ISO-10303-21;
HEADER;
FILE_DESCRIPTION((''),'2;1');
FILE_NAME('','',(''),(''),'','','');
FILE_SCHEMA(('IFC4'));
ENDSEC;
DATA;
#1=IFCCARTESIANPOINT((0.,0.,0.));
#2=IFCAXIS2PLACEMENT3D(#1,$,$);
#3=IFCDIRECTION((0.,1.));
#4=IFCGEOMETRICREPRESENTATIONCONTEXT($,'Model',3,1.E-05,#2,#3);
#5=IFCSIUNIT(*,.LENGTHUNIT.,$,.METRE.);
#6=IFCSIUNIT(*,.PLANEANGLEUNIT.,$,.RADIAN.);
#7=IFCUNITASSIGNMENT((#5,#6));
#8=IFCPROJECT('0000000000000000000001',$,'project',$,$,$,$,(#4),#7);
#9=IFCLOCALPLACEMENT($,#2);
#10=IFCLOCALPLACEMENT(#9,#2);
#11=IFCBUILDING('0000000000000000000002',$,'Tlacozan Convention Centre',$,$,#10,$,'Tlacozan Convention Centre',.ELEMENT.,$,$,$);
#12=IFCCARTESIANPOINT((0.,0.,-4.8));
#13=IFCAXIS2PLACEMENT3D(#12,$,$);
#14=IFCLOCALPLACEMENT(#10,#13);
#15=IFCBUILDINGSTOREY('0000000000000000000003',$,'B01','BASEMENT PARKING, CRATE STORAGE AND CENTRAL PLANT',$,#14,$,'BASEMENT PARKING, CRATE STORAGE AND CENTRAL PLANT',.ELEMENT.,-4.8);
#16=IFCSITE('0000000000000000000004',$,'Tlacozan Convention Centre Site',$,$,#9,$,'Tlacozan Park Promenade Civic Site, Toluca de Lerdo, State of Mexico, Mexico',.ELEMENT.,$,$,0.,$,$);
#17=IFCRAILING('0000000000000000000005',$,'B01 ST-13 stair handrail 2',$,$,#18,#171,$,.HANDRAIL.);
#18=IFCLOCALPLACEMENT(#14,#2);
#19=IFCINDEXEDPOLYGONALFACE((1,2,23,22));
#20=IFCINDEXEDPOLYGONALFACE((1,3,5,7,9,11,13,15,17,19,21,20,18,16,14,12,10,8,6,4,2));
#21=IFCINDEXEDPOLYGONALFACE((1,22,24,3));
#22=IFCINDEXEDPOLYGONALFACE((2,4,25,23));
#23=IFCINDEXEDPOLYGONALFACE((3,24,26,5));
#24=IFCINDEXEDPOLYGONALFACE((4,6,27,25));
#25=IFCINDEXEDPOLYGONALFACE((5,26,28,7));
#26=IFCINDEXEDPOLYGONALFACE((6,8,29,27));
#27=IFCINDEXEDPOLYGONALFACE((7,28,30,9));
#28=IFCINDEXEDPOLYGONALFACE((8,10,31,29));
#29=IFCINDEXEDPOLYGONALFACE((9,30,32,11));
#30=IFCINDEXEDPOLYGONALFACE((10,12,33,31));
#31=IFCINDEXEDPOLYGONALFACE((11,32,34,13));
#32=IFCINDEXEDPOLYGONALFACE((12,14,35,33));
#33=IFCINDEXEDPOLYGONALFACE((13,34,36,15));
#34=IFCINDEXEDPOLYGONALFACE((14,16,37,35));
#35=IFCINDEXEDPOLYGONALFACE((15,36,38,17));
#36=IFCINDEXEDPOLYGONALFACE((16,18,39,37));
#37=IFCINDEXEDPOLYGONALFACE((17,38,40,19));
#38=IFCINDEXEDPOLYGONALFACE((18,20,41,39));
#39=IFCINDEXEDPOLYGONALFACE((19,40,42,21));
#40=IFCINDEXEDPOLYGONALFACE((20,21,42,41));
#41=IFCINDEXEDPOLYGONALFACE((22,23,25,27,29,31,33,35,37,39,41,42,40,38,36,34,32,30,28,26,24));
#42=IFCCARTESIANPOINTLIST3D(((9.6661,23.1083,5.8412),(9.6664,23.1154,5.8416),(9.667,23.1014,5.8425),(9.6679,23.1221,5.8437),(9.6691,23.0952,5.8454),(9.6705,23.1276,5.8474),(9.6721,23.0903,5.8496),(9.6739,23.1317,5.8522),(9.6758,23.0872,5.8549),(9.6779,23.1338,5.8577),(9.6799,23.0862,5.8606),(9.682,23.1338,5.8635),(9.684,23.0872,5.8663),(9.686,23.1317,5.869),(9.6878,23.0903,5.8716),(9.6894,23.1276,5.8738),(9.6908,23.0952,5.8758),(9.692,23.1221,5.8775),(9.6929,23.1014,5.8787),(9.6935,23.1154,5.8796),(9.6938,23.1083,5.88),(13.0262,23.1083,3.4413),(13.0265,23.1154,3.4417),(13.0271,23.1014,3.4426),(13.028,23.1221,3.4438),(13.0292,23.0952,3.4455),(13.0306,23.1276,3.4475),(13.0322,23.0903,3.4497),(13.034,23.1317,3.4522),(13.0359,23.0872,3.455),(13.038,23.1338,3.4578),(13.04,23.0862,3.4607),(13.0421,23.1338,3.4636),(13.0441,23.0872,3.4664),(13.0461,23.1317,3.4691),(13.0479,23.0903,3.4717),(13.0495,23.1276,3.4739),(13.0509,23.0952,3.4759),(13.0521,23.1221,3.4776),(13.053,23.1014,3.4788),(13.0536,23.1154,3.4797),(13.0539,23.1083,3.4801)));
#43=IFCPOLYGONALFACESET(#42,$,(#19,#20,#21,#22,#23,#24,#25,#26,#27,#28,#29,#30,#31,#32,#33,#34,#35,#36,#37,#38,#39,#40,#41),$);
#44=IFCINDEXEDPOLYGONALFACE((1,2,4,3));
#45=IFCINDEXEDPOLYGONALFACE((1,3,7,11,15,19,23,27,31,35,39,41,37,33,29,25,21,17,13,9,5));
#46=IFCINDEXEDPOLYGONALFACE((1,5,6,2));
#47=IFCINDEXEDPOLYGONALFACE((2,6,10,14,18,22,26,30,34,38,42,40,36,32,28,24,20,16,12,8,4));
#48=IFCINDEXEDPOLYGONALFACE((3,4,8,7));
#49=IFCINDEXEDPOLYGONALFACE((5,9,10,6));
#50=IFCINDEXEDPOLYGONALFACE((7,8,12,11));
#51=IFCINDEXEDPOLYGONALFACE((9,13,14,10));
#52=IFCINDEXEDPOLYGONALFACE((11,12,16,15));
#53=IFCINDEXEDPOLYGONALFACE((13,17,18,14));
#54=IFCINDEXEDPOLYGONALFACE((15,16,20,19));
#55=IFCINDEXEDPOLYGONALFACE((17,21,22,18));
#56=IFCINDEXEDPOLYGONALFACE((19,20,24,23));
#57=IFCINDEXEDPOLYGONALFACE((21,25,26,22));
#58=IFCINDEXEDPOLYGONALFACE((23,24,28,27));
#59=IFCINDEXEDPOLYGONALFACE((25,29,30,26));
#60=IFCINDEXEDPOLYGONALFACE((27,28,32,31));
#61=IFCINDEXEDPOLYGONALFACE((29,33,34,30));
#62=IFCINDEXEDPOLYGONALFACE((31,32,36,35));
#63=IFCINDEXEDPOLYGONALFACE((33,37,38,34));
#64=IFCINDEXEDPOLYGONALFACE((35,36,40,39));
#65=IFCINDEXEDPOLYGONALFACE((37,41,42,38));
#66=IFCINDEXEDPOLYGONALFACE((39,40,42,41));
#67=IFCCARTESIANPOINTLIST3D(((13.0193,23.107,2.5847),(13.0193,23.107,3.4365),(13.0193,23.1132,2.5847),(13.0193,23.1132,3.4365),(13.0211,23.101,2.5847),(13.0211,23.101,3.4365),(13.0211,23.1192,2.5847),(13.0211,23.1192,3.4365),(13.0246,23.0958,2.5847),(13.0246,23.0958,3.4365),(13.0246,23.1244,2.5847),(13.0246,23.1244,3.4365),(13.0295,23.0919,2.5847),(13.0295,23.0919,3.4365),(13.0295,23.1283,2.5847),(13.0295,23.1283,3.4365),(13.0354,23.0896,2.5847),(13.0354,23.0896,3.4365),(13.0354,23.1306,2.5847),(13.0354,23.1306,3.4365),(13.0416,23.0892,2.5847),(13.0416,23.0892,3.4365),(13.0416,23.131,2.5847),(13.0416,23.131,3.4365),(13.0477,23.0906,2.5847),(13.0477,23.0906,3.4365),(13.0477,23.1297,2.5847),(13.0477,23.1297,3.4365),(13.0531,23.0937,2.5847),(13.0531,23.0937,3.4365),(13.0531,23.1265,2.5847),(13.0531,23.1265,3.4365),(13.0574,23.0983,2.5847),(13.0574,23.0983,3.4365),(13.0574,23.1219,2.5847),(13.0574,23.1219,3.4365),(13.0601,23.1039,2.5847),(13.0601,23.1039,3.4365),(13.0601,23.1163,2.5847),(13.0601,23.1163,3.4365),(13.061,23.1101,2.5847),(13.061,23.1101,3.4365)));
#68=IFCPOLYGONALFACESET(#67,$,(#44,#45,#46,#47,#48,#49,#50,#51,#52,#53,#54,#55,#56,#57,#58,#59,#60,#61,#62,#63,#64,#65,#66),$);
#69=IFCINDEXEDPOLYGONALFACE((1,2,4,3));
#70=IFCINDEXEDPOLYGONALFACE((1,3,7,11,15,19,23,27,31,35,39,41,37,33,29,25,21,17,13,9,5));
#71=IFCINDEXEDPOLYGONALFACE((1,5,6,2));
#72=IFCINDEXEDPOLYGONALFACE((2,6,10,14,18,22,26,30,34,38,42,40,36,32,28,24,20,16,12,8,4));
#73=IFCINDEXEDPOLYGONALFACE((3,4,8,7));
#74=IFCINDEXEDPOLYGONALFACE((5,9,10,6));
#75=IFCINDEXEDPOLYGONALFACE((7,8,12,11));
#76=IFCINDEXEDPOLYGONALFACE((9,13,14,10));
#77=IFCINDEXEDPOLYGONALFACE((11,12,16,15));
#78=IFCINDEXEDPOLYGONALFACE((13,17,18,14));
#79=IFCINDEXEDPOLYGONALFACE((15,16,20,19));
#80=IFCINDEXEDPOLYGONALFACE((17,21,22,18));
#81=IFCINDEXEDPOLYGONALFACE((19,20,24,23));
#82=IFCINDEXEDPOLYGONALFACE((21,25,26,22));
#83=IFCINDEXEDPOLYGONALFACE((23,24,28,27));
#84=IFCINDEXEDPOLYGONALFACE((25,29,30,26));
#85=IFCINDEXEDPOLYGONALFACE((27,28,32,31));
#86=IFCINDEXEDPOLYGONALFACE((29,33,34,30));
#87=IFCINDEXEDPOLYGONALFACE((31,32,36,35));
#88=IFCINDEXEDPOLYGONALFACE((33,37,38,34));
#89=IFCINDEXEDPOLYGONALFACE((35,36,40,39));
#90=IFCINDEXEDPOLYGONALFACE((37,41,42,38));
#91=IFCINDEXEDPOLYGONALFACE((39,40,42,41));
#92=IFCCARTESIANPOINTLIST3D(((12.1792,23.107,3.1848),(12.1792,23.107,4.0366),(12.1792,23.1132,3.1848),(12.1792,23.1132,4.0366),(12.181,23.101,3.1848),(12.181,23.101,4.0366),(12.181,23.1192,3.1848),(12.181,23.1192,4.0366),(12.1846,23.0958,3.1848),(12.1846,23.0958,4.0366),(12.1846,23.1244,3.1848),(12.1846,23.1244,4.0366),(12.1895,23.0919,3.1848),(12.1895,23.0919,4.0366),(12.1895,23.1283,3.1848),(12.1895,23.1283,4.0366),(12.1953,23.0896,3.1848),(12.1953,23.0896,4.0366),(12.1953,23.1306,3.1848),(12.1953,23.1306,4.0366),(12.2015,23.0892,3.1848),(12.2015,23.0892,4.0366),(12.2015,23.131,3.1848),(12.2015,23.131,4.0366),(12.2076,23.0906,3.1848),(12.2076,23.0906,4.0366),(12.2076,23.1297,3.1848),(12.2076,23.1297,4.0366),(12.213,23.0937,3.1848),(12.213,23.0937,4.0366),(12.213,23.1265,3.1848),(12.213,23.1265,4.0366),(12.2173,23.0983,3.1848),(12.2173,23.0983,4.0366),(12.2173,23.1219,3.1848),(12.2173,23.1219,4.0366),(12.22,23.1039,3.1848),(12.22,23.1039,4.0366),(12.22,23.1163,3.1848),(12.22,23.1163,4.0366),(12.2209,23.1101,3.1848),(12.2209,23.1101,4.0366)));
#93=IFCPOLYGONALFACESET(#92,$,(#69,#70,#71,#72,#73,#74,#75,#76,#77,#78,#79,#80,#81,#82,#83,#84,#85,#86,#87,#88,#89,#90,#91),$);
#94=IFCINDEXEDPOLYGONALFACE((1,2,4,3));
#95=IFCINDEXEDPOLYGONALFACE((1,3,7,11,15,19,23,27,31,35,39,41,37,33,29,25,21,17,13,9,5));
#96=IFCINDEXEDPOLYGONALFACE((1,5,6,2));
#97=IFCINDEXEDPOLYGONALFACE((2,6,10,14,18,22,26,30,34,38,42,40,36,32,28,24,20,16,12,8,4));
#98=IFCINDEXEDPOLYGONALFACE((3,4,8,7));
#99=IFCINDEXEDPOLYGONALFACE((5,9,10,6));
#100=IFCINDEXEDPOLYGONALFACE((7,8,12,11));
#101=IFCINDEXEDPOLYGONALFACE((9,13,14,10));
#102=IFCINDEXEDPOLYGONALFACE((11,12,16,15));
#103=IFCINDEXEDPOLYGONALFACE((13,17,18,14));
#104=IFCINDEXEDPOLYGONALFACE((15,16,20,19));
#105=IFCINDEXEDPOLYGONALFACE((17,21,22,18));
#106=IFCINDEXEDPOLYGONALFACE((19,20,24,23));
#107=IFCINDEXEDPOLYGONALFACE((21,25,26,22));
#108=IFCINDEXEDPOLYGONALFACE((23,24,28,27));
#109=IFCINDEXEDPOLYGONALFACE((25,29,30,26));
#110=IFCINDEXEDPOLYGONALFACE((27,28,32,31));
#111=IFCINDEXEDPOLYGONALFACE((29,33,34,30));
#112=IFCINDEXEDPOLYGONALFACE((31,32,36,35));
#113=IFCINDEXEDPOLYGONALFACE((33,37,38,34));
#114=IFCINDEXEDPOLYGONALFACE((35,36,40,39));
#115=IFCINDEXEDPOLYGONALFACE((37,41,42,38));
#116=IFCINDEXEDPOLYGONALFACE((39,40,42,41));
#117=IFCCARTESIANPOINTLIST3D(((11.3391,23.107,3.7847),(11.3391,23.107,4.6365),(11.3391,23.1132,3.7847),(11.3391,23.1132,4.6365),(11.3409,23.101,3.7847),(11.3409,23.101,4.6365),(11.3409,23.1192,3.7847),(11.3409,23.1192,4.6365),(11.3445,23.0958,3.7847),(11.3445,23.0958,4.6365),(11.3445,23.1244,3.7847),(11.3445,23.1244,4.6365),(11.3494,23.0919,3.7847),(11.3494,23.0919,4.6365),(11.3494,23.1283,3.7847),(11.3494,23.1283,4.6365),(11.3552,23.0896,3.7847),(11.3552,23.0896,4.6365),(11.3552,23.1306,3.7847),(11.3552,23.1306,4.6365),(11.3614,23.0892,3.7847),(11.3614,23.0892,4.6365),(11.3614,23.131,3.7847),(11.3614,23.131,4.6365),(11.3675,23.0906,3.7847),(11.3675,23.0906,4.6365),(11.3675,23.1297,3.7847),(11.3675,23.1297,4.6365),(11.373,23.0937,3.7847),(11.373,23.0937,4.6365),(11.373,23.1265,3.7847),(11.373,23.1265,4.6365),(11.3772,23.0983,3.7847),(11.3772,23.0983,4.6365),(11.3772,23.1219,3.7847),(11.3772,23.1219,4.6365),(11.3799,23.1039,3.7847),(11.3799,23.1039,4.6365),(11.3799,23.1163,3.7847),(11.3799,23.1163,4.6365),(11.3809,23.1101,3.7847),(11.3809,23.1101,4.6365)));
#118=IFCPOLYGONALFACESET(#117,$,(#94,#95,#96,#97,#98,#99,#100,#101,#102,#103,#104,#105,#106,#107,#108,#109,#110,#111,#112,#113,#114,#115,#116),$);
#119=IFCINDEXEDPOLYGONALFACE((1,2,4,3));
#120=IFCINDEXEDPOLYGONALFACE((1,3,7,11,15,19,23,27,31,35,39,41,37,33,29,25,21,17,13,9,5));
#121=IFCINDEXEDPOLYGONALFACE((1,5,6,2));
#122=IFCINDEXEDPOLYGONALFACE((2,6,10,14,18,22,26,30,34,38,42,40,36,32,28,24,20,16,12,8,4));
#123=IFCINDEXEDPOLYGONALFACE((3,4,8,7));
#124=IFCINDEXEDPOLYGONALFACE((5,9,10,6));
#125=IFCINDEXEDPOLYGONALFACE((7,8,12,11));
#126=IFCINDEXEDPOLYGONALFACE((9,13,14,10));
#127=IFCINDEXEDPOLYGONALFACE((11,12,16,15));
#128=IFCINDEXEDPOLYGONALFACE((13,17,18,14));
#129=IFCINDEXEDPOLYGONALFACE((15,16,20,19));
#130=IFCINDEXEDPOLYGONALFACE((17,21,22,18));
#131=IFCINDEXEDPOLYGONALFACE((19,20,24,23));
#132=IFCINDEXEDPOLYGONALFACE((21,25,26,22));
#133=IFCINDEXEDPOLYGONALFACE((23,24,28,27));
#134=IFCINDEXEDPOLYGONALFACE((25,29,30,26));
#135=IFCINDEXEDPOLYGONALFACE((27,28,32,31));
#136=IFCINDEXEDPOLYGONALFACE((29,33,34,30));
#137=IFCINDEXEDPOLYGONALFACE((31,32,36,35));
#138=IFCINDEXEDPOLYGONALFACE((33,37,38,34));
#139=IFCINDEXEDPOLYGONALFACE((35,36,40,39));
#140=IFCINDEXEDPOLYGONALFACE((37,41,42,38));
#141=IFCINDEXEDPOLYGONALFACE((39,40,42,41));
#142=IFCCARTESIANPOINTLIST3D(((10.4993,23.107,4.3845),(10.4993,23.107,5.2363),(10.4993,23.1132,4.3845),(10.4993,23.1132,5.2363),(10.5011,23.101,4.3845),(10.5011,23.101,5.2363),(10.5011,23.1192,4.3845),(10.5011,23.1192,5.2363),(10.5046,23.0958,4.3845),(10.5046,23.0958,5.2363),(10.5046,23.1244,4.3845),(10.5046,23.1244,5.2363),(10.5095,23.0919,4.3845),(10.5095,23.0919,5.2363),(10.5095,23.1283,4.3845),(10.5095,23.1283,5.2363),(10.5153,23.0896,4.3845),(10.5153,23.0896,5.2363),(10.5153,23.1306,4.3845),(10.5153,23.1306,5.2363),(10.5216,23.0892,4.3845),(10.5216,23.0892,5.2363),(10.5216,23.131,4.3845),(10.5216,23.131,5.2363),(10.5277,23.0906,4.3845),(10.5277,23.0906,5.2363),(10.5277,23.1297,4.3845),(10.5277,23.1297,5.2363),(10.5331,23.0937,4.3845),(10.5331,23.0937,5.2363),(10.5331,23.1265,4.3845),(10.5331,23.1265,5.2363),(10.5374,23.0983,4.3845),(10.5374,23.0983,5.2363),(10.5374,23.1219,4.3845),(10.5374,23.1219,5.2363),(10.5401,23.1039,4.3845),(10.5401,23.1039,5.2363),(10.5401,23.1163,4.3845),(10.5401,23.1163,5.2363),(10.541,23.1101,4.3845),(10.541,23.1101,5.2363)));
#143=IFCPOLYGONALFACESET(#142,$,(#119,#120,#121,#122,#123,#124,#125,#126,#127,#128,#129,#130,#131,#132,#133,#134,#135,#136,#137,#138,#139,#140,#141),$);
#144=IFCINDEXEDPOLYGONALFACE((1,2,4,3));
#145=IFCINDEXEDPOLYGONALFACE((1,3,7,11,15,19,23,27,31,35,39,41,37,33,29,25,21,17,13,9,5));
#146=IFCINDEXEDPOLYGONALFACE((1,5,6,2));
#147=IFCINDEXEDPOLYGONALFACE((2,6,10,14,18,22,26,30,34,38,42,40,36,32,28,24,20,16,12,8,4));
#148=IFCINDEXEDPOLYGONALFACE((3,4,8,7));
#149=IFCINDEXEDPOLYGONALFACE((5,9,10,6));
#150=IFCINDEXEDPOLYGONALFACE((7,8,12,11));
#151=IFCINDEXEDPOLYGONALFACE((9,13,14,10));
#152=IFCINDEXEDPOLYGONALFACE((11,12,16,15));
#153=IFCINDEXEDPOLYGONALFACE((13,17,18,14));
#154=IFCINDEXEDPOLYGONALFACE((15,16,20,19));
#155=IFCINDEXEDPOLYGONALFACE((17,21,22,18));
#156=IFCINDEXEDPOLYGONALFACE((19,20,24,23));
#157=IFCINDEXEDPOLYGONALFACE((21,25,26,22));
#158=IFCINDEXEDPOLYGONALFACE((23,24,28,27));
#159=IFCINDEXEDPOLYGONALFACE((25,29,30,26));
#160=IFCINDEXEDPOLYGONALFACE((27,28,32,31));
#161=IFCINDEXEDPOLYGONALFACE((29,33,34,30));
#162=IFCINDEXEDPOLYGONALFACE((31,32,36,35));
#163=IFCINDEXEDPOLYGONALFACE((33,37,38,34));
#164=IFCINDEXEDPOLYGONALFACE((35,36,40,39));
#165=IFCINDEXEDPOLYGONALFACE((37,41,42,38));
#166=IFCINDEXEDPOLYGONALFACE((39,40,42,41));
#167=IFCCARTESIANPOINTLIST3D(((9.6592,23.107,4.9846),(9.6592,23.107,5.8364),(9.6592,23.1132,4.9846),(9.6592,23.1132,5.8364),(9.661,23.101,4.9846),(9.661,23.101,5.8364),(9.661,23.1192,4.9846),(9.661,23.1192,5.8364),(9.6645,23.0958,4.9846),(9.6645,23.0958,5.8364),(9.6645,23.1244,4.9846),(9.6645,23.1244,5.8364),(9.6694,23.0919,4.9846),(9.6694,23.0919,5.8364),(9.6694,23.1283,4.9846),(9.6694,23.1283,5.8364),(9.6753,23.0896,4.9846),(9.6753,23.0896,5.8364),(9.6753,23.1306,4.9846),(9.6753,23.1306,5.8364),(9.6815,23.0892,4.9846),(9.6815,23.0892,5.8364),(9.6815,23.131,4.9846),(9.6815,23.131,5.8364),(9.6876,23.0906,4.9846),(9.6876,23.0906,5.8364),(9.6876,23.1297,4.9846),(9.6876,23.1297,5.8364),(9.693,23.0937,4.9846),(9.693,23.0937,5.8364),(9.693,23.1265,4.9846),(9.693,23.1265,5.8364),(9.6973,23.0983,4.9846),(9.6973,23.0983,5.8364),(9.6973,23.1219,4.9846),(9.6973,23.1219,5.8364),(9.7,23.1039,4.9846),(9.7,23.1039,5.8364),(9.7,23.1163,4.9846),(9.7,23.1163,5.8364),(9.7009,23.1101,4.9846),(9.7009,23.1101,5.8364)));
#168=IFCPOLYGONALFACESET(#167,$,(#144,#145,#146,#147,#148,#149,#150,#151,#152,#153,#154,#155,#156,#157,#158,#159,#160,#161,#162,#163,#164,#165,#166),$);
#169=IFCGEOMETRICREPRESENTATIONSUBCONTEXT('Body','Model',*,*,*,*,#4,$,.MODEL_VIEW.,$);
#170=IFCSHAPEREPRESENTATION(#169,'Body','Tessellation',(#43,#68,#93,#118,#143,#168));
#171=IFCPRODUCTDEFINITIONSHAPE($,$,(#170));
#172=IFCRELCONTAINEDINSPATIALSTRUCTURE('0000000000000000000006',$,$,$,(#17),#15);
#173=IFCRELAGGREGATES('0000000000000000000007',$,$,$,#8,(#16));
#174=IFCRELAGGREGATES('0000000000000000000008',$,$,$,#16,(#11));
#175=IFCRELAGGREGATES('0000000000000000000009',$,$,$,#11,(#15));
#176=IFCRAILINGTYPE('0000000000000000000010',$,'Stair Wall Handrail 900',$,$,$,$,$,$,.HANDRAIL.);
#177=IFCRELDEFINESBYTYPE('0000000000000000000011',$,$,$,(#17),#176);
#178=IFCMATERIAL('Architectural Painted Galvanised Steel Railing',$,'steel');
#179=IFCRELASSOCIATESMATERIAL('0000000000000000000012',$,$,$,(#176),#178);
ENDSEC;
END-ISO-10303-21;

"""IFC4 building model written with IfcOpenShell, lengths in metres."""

from ifc_helpers import new_model, si_unit, direction, frame, origin, origin_2d, place, context, subcontext, project, spatial, circle, extrude, material, type_object, element, save


model = new_model("IFC4")

# Units and contexts
model_context = context("Model", 3, precision=1e-05, world=origin(), true_north=direction((0.0, 1.0)))
body_context = subcontext(model_context, "Body", "Model", "MODEL_VIEW")
ifc_project = project(units=[si_unit("LENGTHUNIT", "METRE"), si_unit("PLANEANGLEUNIT", "RADIAN")], contexts=[model_context])

# Site, building, storey
site_placement = place(None, origin())
site = spatial("IfcSite", under=ifc_project, at=site_placement, Name="Tlacozan Convention Centre Site", LongName="Tlacozan Park Promenade Civic Site, Toluca de Lerdo, State of Mexico, Mexico", CompositionType="ELEMENT", RefElevation=0.0)
building_placement = place(site_placement, origin())
building = spatial("IfcBuilding", under=site, at=building_placement, Name="Tlacozan Convention Centre", LongName="Tlacozan Convention Centre", CompositionType="ELEMENT")
storey_placement = place(building_placement, frame((0.0, 0.0, -4.8)))
storey = spatial("IfcBuildingStorey", under=building, at=storey_placement, Name="B01", Description="BASEMENT PARKING, CRATE STORAGE AND CENTRAL PLANT", LongName="BASEMENT PARKING, CRATE STORAGE AND CENTRAL PLANT", CompositionType="ELEMENT", Elevation=-4.8)

# Railing
ifc_material_1 = material(Name="Architectural Painted Galvanised Steel Railing", Category="steel")
railing_type_1 = type_object("IfcRailingType", Name="Stair Wall Handrail 900", PredefinedType="HANDRAIL", material=ifc_material_1)
railing_1_placement = place(storey_placement, frame((13.04, 23.1101, 2.5847)))
element("IfcRailing", 1, at=railing_1_placement, inside=storey, type_object=railing_type_1, Name="B01 ST-13 stair handrail 2", PredefinedType="HANDRAIL", context=body_context, shape_type="SweptSolid", body=[
    extrude(circle(Radius=0.0239, at=origin_2d()), frame((0.0, 0.0, 0.876), z_axis=(-0.813753, 0.0, 0.58121), x_axis=(0.0, -1.0, 0.0)), (0.0, 0.0, 1.0), 4.1292),
    extrude(circle(Radius=0.021, at=origin_2d()), origin(), (0.0, 0.0, 1.0), 0.8518),
    extrude(circle(Radius=0.021, at=origin_2d()), frame((-0.8401, 0.0, 0.6001)), (0.0, 0.0, 1.0), 0.8518),
    extrude(circle(Radius=0.021, at=origin_2d()), frame((-1.6802, 0.0, 1.2)), (0.0, 0.0, 1.0), 0.8518),
    extrude(circle(Radius=0.021, at=origin_2d()), frame((-2.52, 0.0, 1.7998)), (0.0, 0.0, 1.0), 0.8518),
    extrude(circle(Radius=0.021, at=origin_2d()), frame((-3.3601, 0.0, 2.3999)), (0.0, 0.0, 1.0), 0.8518),
])

save(model, "model.ifc")
